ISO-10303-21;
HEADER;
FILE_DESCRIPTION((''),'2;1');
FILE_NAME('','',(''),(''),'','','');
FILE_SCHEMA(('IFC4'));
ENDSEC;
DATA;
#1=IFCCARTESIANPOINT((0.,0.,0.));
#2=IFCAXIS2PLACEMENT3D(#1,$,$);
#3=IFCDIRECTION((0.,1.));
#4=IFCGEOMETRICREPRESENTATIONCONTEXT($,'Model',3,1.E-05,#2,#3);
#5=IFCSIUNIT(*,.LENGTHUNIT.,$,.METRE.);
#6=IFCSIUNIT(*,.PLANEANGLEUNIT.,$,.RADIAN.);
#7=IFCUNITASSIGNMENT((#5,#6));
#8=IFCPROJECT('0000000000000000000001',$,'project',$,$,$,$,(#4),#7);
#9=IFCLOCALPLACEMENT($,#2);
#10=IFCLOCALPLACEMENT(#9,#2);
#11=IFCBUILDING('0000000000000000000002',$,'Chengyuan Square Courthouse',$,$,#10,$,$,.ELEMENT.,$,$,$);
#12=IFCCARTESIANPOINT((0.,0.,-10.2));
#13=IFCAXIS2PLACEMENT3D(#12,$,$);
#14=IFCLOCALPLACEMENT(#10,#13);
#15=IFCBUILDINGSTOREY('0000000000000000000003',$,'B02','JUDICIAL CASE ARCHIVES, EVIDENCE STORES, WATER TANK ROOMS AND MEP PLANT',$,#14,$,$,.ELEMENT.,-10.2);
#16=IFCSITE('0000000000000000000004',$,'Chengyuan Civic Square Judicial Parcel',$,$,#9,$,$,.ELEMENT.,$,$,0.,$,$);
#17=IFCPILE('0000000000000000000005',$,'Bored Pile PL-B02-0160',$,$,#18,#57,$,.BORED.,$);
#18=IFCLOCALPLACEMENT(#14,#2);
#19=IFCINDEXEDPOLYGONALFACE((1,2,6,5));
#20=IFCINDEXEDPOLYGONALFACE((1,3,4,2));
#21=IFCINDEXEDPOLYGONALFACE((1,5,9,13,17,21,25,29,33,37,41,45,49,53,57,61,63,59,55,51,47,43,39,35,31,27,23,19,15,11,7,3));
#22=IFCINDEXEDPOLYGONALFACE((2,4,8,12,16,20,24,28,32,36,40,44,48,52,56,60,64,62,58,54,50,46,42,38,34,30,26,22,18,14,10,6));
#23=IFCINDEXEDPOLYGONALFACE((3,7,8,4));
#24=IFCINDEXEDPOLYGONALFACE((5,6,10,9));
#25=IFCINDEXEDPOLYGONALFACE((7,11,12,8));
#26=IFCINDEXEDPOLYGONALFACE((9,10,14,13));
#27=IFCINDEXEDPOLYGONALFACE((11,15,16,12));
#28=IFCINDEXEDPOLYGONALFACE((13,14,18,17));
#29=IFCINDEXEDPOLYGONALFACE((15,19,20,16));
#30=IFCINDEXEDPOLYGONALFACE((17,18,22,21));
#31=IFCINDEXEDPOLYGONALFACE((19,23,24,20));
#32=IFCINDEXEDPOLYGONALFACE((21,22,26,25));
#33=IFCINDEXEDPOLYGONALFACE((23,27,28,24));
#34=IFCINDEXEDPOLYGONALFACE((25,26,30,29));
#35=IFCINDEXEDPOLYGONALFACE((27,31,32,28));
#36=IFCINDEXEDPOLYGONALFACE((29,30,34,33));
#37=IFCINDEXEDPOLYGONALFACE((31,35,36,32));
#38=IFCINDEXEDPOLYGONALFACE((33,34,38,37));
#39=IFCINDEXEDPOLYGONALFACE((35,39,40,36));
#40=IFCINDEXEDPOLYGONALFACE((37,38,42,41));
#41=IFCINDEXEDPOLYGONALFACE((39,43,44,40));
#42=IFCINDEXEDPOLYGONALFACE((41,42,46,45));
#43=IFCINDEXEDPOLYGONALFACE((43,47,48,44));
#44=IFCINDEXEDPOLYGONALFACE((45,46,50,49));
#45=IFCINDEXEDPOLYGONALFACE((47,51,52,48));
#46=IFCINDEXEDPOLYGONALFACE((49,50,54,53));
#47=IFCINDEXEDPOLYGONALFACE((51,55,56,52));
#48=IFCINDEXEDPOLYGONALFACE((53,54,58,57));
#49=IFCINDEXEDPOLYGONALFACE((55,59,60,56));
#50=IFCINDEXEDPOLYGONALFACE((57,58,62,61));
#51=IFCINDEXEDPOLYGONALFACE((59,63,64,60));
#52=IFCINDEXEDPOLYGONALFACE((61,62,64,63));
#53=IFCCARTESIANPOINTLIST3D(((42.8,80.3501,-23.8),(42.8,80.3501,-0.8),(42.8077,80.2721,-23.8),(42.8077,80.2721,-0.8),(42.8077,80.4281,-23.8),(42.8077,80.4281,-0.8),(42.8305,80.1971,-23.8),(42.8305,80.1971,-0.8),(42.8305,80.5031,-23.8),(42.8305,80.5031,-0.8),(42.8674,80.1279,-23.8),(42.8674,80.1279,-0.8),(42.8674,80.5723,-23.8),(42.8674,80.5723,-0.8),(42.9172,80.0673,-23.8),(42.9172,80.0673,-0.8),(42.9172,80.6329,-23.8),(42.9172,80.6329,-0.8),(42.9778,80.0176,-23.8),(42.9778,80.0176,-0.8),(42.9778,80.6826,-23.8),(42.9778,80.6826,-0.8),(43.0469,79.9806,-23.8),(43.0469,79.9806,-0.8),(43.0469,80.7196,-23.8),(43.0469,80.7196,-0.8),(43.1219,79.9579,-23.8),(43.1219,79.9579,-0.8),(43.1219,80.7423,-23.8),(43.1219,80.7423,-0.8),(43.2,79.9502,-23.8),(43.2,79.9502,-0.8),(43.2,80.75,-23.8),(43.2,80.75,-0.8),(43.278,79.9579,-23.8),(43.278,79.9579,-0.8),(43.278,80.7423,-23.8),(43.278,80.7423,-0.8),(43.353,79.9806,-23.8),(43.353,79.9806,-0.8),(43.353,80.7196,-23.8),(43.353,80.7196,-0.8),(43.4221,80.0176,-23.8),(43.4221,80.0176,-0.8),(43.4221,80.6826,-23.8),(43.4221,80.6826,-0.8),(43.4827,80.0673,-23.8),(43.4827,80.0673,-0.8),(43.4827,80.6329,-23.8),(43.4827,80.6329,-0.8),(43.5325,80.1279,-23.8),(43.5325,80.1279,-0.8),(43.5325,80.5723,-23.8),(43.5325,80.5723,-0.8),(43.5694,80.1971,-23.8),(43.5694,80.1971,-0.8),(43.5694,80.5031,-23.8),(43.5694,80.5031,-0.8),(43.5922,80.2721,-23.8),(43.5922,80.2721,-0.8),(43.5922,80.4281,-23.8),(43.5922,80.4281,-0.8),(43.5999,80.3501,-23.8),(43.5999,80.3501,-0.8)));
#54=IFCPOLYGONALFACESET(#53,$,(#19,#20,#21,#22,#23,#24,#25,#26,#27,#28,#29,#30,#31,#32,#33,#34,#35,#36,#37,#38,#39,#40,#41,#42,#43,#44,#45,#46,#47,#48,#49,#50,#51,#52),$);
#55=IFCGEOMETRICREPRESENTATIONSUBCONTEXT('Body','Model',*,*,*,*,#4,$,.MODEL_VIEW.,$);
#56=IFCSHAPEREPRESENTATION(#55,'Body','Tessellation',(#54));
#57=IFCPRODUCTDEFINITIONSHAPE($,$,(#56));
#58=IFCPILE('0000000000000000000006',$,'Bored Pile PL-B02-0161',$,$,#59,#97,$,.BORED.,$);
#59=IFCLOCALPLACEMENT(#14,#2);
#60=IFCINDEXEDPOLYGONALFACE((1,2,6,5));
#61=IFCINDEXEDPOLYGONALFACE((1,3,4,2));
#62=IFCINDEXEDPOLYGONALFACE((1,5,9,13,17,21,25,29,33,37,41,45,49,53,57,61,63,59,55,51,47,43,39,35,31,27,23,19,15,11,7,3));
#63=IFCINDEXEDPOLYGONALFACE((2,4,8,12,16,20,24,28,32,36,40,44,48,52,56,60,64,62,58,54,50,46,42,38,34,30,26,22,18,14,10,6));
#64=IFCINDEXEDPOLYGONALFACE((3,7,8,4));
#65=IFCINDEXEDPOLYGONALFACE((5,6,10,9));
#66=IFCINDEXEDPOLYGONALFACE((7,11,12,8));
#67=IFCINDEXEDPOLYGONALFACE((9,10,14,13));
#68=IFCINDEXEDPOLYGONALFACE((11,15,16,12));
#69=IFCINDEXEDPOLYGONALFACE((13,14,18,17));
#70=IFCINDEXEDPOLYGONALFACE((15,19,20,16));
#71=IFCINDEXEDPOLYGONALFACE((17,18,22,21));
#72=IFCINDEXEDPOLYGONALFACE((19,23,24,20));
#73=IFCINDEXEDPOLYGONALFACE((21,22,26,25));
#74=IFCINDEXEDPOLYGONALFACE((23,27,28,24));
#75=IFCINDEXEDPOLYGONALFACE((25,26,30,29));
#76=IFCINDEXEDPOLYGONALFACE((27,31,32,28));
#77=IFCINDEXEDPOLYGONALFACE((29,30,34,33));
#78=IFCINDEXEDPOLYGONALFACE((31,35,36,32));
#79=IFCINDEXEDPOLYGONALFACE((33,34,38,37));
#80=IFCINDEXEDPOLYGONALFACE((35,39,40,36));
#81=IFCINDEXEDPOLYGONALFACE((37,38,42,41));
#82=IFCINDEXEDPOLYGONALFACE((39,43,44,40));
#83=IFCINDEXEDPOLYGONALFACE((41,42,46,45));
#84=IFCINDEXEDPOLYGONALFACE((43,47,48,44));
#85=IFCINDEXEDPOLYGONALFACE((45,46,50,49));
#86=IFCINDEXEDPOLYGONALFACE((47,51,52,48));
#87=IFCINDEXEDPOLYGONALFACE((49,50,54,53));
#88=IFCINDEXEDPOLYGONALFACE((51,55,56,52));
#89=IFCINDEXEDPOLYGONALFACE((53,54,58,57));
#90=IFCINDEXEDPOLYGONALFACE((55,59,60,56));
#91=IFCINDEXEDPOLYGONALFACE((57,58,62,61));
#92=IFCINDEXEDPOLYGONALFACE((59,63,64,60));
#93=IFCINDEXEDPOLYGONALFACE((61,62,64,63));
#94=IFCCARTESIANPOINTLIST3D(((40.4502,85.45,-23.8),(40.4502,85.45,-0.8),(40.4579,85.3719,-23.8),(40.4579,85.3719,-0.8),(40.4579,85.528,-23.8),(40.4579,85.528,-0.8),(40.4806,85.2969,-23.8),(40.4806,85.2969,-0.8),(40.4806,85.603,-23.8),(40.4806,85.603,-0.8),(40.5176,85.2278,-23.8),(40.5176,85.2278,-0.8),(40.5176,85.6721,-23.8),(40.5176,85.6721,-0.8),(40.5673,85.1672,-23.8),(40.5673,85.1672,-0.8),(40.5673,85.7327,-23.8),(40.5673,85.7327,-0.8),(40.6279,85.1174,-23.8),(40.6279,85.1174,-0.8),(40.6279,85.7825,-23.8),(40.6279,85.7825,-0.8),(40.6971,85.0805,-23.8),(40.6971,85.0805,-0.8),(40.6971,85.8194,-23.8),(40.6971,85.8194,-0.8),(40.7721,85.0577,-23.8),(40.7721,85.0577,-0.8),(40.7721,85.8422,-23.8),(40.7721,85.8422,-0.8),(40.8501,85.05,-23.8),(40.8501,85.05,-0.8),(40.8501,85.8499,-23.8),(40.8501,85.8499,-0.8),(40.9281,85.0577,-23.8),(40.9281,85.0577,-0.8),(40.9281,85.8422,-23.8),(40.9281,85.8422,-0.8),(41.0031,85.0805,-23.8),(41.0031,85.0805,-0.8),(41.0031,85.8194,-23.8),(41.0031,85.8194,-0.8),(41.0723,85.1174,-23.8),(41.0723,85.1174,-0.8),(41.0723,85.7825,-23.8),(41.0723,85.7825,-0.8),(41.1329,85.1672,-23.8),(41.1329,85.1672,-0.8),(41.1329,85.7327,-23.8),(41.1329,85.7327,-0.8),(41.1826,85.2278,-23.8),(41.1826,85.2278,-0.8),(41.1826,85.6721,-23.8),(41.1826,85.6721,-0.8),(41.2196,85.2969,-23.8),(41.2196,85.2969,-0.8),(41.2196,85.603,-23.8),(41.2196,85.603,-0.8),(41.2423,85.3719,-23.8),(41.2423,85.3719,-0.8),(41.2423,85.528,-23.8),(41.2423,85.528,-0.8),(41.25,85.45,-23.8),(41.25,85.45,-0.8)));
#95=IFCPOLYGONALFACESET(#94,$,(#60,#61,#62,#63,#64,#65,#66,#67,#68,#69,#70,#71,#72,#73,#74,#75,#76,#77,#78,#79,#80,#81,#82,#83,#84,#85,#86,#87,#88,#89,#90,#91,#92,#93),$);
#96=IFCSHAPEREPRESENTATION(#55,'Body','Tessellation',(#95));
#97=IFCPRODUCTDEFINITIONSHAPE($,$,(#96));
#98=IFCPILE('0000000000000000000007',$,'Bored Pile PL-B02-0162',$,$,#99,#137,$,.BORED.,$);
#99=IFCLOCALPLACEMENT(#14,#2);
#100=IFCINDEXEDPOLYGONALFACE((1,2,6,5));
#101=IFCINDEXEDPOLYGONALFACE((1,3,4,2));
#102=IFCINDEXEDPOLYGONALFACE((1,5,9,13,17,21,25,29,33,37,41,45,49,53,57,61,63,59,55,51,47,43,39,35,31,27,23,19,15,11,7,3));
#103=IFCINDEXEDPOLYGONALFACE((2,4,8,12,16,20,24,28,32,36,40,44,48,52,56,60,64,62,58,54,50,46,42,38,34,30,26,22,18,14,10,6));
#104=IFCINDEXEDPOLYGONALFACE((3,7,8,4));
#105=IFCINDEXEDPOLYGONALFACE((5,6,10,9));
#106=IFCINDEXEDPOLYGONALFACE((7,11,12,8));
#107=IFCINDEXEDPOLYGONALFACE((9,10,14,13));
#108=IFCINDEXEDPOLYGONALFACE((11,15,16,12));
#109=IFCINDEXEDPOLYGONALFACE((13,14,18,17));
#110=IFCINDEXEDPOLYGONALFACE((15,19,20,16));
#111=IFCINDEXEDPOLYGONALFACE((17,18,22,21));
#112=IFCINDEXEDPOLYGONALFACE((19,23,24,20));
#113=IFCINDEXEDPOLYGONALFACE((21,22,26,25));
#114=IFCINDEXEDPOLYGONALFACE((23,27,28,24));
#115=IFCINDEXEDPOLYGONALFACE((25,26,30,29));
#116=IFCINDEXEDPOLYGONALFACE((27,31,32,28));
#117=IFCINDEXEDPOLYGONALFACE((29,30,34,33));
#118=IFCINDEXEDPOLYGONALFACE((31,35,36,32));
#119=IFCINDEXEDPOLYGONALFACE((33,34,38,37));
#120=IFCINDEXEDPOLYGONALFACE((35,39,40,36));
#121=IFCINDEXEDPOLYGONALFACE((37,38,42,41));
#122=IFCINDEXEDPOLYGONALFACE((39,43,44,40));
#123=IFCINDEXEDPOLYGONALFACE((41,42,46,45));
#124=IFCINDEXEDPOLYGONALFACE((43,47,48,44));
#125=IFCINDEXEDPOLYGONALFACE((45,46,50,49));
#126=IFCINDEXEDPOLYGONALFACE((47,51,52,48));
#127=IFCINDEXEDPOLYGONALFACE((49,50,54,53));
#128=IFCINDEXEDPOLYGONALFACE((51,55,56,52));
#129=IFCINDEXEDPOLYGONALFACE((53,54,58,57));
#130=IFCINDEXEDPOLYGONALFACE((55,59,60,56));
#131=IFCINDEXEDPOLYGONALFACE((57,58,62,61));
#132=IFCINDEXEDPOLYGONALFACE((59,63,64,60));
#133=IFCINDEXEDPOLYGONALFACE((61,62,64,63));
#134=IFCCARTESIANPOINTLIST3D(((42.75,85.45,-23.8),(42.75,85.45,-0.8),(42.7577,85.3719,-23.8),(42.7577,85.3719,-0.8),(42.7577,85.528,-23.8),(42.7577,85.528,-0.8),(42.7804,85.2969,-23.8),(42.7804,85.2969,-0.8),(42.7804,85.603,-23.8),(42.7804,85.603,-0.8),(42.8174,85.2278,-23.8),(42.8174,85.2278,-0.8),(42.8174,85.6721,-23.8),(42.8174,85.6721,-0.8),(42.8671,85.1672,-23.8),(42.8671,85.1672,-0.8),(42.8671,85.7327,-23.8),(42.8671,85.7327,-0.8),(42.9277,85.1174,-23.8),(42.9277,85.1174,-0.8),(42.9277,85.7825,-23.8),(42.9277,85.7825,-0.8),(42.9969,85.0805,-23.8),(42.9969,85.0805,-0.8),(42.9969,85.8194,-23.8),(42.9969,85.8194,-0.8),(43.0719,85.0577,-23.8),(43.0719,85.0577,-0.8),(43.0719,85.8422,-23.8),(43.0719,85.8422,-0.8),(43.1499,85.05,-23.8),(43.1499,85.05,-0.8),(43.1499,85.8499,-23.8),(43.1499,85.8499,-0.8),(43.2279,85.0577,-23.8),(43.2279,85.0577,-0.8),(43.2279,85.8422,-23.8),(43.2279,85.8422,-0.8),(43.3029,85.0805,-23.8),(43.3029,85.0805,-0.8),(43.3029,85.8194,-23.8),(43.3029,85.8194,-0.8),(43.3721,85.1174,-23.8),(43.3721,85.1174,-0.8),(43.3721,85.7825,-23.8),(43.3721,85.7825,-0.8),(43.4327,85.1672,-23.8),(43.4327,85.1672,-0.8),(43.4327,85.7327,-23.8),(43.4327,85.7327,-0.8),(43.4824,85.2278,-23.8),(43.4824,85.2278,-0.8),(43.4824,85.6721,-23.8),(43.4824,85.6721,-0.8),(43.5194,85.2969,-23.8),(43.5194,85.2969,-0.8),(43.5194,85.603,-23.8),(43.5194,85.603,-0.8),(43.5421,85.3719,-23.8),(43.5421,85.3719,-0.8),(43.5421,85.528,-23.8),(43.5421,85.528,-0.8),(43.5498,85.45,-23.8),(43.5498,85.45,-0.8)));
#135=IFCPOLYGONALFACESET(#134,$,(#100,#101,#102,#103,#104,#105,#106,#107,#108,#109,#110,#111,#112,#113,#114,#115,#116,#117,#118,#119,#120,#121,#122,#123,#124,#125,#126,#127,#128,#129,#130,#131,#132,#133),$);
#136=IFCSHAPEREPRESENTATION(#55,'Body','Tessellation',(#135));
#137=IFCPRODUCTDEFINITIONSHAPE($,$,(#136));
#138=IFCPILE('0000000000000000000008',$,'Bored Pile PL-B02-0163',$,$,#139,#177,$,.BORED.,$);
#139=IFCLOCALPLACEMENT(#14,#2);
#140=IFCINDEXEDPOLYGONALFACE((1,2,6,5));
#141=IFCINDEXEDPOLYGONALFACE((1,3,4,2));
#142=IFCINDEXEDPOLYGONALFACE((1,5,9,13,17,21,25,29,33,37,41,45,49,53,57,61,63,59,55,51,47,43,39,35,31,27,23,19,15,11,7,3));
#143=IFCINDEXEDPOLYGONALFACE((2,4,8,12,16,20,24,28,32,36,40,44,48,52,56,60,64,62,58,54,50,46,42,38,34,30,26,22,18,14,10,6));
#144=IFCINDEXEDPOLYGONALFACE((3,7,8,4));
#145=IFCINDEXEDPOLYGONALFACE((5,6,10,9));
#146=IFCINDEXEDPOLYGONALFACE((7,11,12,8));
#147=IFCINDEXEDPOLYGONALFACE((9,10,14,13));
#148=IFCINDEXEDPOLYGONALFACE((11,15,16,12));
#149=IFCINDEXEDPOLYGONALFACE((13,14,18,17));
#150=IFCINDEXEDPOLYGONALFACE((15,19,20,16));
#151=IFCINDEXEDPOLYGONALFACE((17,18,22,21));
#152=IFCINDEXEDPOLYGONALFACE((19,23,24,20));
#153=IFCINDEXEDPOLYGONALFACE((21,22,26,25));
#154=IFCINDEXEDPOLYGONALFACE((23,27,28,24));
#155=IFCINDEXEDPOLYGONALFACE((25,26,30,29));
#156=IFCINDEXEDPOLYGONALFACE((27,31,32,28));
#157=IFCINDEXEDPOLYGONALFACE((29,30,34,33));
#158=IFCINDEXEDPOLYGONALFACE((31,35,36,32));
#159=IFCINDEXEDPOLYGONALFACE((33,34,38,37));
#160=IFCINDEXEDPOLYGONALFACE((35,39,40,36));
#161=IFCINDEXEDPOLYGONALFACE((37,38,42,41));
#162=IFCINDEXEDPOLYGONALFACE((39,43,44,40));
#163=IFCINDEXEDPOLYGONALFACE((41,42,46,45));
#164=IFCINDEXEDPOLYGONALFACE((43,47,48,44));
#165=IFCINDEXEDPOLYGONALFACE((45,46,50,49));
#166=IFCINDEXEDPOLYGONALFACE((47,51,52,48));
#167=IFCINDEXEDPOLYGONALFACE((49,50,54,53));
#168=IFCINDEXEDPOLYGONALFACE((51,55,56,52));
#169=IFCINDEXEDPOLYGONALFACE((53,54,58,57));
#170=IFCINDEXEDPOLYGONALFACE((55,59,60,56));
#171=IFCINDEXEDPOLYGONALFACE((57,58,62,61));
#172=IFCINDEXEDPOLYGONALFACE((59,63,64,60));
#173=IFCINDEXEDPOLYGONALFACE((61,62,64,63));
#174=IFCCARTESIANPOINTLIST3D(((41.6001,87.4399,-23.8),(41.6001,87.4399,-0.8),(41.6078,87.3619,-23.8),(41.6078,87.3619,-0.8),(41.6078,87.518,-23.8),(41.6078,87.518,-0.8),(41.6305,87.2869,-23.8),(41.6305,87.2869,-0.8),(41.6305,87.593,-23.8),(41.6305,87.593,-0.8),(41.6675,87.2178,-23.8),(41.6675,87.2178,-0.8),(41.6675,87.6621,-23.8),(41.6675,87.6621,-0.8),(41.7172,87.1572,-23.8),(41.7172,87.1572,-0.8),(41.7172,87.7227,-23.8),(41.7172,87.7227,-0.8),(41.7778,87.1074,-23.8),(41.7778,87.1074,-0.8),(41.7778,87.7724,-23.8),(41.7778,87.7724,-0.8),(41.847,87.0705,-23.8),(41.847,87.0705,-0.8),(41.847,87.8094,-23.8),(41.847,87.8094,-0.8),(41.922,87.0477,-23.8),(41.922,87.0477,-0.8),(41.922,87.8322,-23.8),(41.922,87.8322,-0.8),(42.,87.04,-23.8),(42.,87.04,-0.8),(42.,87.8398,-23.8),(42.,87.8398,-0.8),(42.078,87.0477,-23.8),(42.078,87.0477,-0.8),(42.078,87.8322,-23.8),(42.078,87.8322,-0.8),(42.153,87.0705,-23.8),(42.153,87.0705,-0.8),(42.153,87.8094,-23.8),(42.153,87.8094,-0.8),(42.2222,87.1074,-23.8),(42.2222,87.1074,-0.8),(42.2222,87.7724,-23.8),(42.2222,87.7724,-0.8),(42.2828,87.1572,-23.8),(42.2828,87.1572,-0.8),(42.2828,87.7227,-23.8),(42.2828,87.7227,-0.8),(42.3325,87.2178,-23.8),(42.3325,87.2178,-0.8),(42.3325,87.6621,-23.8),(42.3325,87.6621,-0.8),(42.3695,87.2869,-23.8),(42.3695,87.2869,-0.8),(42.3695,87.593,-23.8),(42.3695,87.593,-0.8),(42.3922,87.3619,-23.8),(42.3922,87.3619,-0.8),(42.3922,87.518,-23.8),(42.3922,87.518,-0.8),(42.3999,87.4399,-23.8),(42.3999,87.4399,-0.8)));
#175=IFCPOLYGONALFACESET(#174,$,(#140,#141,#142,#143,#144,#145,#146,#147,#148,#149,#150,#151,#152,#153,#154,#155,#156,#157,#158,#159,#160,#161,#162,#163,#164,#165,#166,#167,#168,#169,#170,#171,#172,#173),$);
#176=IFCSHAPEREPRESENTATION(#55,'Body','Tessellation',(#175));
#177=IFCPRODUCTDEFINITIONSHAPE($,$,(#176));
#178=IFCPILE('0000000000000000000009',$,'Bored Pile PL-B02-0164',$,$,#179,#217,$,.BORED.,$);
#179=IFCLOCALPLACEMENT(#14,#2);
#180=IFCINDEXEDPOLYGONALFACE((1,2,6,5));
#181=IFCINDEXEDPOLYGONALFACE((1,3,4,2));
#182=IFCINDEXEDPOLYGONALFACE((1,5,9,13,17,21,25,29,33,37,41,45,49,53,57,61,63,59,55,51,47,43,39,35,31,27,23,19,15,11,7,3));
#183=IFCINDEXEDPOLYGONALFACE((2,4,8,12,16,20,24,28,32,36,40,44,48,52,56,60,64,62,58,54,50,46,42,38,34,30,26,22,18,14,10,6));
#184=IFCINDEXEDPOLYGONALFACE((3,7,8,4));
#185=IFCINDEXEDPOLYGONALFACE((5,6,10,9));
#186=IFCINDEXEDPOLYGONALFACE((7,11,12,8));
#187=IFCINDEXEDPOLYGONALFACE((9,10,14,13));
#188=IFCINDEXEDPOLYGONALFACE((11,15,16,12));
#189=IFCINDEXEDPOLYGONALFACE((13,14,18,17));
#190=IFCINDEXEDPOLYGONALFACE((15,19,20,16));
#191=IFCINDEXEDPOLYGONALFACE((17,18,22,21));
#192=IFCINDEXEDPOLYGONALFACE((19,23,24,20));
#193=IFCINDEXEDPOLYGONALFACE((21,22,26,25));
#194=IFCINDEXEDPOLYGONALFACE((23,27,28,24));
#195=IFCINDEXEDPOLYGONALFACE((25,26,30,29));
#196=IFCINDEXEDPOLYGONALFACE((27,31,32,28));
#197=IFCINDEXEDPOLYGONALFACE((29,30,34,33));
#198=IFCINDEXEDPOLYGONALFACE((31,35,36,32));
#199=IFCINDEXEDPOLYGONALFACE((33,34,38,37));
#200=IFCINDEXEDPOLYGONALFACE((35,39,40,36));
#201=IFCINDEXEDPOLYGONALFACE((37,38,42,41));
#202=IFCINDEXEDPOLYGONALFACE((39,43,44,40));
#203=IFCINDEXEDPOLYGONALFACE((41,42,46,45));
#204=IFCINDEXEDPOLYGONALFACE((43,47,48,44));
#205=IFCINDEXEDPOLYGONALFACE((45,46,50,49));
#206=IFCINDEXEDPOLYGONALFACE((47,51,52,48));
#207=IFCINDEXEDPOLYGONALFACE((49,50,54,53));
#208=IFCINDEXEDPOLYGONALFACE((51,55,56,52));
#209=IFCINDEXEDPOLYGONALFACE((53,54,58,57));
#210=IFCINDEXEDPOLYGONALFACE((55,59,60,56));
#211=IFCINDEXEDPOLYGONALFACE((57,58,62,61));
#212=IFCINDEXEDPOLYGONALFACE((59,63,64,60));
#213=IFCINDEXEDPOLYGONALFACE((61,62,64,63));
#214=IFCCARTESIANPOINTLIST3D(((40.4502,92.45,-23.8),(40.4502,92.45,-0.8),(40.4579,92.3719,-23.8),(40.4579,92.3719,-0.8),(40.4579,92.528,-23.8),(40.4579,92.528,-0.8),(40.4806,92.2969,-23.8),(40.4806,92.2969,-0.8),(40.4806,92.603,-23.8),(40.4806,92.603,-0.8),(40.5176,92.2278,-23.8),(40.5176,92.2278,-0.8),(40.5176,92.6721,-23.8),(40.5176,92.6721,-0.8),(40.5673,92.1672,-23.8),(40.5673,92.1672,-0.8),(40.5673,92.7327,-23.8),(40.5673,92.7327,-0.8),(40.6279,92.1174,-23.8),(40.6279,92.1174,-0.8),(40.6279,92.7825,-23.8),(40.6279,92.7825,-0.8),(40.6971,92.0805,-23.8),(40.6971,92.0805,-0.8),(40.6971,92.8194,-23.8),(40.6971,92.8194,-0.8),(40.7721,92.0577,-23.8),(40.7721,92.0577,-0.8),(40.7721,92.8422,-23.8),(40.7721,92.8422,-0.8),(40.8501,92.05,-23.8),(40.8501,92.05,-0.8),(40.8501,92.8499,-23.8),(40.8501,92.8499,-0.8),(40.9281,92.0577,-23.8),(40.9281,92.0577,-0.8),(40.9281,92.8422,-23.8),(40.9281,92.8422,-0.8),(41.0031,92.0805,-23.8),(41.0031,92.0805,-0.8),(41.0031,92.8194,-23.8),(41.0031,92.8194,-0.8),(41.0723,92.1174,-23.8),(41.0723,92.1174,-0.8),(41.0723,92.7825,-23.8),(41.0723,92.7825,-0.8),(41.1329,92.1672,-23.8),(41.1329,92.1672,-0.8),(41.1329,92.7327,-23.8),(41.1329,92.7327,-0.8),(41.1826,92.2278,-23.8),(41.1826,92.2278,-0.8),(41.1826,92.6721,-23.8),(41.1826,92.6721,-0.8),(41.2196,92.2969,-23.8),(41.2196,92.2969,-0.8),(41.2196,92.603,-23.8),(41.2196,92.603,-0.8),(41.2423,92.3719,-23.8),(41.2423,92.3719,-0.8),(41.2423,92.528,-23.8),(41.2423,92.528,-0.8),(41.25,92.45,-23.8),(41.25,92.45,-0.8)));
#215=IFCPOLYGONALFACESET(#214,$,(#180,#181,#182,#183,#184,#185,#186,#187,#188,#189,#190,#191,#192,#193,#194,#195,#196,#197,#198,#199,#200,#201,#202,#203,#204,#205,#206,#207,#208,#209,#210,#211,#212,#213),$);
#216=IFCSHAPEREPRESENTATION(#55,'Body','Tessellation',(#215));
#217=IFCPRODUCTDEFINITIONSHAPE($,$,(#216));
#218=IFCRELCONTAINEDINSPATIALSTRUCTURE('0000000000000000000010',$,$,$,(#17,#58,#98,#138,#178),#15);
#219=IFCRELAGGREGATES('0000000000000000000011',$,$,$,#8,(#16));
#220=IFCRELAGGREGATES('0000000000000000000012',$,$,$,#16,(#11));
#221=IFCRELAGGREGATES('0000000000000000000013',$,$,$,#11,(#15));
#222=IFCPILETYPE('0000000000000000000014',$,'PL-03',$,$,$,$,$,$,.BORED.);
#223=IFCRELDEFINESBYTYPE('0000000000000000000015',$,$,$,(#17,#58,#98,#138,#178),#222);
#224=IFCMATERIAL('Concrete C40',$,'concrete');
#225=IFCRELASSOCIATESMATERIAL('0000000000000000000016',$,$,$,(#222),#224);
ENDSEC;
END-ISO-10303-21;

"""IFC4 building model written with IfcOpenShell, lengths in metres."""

from ifc_helpers import new_model, si_unit, direction, frame, origin, origin_2d, place, context, subcontext, project, spatial, circle, extrude, material, material_profile, profile_set, type_object, element, save


model = new_model("IFC4")

# Units and contexts
model_context = context("Model", 3, precision=1e-05, world=origin(), true_north=direction((0.0, 1.0)))
body_context = subcontext(model_context, "Body", "Model", "MODEL_VIEW")
ifc_project = project(units=[si_unit("LENGTHUNIT", "METRE"), si_unit("PLANEANGLEUNIT", "RADIAN")], contexts=[model_context])

# Site, building, storey
site_placement = place(None, origin())
site = spatial("IfcSite", under=ifc_project, at=site_placement, Name="Chengyuan Civic Square Judicial Parcel", CompositionType="ELEMENT", RefElevation=0.0)
building_placement = place(site_placement, origin())
building = spatial("IfcBuilding", under=site, at=building_placement, Name="Chengyuan Square Courthouse", CompositionType="ELEMENT")
storey_placement = place(building_placement, frame((0.0, 0.0, -10.2)))
storey = spatial("IfcBuildingStorey", under=building, at=storey_placement, Name="B02", Description="JUDICIAL CASE ARCHIVES, EVIDENCE STORES, WATER TANK ROOMS AND MEP PLANT", CompositionType="ELEMENT", Elevation=-10.2)

# Shared definitions
ifc_material_1 = material(Name="Concrete C40", Category="concrete")

# Piles
ifc_material_profile_1 = material_profile(ifc_material_1, circle(Radius=0.3999, at=origin_2d()), Name="BORED PILE D800")
ifc_profile_set_1 = profile_set([ifc_material_profile_1], Name="Concrete C40")
pile_type_1 = type_object("IfcPileType", Name="PL-03", PredefinedType="BORED", material=ifc_profile_set_1)
for number, where, z_axis, x_axis, name in (
    (1, (43.2, 80.3501, -0.8), (0.0, 0.0, -1.0), (1.0, 0.0, 0.0), "Bored Pile PL-B02-0160"),
    (2, (40.8501, 85.45, -0.8), (0.0, 0.0, -1.0), (1.0, 0.0, 0.0), "Bored Pile PL-B02-0161"),
    (3, (43.1499, 85.45, -0.8), (0.0, 0.0, -1.0), (1.0, 0.0, 0.0), "Bored Pile PL-B02-0162"),
    (4, (42.0, 87.4399, -0.8), (0.0, 0.0, -1.0), (1.0, 0.0, 0.0), "Bored Pile PL-B02-0163"),
    (5, (40.8501, 92.45, -0.8), (0.0, 0.0, -1.0), (1.0, 0.0, 0.0), "Bored Pile PL-B02-0164"),
):
    element("IfcPile", number, at=place(storey_placement, frame(where, z_axis=z_axis, x_axis=x_axis)), inside=storey, type_object=pile_type_1, Name=name, PredefinedType="BORED", context=body_context, shape_type="SweptSolid", body=[
        extrude(circle(Radius=0.3999, at=origin_2d()), origin(), (0.0, 0.0, 1.0), 23.0),
    ])

save(model, "model.ifc")
